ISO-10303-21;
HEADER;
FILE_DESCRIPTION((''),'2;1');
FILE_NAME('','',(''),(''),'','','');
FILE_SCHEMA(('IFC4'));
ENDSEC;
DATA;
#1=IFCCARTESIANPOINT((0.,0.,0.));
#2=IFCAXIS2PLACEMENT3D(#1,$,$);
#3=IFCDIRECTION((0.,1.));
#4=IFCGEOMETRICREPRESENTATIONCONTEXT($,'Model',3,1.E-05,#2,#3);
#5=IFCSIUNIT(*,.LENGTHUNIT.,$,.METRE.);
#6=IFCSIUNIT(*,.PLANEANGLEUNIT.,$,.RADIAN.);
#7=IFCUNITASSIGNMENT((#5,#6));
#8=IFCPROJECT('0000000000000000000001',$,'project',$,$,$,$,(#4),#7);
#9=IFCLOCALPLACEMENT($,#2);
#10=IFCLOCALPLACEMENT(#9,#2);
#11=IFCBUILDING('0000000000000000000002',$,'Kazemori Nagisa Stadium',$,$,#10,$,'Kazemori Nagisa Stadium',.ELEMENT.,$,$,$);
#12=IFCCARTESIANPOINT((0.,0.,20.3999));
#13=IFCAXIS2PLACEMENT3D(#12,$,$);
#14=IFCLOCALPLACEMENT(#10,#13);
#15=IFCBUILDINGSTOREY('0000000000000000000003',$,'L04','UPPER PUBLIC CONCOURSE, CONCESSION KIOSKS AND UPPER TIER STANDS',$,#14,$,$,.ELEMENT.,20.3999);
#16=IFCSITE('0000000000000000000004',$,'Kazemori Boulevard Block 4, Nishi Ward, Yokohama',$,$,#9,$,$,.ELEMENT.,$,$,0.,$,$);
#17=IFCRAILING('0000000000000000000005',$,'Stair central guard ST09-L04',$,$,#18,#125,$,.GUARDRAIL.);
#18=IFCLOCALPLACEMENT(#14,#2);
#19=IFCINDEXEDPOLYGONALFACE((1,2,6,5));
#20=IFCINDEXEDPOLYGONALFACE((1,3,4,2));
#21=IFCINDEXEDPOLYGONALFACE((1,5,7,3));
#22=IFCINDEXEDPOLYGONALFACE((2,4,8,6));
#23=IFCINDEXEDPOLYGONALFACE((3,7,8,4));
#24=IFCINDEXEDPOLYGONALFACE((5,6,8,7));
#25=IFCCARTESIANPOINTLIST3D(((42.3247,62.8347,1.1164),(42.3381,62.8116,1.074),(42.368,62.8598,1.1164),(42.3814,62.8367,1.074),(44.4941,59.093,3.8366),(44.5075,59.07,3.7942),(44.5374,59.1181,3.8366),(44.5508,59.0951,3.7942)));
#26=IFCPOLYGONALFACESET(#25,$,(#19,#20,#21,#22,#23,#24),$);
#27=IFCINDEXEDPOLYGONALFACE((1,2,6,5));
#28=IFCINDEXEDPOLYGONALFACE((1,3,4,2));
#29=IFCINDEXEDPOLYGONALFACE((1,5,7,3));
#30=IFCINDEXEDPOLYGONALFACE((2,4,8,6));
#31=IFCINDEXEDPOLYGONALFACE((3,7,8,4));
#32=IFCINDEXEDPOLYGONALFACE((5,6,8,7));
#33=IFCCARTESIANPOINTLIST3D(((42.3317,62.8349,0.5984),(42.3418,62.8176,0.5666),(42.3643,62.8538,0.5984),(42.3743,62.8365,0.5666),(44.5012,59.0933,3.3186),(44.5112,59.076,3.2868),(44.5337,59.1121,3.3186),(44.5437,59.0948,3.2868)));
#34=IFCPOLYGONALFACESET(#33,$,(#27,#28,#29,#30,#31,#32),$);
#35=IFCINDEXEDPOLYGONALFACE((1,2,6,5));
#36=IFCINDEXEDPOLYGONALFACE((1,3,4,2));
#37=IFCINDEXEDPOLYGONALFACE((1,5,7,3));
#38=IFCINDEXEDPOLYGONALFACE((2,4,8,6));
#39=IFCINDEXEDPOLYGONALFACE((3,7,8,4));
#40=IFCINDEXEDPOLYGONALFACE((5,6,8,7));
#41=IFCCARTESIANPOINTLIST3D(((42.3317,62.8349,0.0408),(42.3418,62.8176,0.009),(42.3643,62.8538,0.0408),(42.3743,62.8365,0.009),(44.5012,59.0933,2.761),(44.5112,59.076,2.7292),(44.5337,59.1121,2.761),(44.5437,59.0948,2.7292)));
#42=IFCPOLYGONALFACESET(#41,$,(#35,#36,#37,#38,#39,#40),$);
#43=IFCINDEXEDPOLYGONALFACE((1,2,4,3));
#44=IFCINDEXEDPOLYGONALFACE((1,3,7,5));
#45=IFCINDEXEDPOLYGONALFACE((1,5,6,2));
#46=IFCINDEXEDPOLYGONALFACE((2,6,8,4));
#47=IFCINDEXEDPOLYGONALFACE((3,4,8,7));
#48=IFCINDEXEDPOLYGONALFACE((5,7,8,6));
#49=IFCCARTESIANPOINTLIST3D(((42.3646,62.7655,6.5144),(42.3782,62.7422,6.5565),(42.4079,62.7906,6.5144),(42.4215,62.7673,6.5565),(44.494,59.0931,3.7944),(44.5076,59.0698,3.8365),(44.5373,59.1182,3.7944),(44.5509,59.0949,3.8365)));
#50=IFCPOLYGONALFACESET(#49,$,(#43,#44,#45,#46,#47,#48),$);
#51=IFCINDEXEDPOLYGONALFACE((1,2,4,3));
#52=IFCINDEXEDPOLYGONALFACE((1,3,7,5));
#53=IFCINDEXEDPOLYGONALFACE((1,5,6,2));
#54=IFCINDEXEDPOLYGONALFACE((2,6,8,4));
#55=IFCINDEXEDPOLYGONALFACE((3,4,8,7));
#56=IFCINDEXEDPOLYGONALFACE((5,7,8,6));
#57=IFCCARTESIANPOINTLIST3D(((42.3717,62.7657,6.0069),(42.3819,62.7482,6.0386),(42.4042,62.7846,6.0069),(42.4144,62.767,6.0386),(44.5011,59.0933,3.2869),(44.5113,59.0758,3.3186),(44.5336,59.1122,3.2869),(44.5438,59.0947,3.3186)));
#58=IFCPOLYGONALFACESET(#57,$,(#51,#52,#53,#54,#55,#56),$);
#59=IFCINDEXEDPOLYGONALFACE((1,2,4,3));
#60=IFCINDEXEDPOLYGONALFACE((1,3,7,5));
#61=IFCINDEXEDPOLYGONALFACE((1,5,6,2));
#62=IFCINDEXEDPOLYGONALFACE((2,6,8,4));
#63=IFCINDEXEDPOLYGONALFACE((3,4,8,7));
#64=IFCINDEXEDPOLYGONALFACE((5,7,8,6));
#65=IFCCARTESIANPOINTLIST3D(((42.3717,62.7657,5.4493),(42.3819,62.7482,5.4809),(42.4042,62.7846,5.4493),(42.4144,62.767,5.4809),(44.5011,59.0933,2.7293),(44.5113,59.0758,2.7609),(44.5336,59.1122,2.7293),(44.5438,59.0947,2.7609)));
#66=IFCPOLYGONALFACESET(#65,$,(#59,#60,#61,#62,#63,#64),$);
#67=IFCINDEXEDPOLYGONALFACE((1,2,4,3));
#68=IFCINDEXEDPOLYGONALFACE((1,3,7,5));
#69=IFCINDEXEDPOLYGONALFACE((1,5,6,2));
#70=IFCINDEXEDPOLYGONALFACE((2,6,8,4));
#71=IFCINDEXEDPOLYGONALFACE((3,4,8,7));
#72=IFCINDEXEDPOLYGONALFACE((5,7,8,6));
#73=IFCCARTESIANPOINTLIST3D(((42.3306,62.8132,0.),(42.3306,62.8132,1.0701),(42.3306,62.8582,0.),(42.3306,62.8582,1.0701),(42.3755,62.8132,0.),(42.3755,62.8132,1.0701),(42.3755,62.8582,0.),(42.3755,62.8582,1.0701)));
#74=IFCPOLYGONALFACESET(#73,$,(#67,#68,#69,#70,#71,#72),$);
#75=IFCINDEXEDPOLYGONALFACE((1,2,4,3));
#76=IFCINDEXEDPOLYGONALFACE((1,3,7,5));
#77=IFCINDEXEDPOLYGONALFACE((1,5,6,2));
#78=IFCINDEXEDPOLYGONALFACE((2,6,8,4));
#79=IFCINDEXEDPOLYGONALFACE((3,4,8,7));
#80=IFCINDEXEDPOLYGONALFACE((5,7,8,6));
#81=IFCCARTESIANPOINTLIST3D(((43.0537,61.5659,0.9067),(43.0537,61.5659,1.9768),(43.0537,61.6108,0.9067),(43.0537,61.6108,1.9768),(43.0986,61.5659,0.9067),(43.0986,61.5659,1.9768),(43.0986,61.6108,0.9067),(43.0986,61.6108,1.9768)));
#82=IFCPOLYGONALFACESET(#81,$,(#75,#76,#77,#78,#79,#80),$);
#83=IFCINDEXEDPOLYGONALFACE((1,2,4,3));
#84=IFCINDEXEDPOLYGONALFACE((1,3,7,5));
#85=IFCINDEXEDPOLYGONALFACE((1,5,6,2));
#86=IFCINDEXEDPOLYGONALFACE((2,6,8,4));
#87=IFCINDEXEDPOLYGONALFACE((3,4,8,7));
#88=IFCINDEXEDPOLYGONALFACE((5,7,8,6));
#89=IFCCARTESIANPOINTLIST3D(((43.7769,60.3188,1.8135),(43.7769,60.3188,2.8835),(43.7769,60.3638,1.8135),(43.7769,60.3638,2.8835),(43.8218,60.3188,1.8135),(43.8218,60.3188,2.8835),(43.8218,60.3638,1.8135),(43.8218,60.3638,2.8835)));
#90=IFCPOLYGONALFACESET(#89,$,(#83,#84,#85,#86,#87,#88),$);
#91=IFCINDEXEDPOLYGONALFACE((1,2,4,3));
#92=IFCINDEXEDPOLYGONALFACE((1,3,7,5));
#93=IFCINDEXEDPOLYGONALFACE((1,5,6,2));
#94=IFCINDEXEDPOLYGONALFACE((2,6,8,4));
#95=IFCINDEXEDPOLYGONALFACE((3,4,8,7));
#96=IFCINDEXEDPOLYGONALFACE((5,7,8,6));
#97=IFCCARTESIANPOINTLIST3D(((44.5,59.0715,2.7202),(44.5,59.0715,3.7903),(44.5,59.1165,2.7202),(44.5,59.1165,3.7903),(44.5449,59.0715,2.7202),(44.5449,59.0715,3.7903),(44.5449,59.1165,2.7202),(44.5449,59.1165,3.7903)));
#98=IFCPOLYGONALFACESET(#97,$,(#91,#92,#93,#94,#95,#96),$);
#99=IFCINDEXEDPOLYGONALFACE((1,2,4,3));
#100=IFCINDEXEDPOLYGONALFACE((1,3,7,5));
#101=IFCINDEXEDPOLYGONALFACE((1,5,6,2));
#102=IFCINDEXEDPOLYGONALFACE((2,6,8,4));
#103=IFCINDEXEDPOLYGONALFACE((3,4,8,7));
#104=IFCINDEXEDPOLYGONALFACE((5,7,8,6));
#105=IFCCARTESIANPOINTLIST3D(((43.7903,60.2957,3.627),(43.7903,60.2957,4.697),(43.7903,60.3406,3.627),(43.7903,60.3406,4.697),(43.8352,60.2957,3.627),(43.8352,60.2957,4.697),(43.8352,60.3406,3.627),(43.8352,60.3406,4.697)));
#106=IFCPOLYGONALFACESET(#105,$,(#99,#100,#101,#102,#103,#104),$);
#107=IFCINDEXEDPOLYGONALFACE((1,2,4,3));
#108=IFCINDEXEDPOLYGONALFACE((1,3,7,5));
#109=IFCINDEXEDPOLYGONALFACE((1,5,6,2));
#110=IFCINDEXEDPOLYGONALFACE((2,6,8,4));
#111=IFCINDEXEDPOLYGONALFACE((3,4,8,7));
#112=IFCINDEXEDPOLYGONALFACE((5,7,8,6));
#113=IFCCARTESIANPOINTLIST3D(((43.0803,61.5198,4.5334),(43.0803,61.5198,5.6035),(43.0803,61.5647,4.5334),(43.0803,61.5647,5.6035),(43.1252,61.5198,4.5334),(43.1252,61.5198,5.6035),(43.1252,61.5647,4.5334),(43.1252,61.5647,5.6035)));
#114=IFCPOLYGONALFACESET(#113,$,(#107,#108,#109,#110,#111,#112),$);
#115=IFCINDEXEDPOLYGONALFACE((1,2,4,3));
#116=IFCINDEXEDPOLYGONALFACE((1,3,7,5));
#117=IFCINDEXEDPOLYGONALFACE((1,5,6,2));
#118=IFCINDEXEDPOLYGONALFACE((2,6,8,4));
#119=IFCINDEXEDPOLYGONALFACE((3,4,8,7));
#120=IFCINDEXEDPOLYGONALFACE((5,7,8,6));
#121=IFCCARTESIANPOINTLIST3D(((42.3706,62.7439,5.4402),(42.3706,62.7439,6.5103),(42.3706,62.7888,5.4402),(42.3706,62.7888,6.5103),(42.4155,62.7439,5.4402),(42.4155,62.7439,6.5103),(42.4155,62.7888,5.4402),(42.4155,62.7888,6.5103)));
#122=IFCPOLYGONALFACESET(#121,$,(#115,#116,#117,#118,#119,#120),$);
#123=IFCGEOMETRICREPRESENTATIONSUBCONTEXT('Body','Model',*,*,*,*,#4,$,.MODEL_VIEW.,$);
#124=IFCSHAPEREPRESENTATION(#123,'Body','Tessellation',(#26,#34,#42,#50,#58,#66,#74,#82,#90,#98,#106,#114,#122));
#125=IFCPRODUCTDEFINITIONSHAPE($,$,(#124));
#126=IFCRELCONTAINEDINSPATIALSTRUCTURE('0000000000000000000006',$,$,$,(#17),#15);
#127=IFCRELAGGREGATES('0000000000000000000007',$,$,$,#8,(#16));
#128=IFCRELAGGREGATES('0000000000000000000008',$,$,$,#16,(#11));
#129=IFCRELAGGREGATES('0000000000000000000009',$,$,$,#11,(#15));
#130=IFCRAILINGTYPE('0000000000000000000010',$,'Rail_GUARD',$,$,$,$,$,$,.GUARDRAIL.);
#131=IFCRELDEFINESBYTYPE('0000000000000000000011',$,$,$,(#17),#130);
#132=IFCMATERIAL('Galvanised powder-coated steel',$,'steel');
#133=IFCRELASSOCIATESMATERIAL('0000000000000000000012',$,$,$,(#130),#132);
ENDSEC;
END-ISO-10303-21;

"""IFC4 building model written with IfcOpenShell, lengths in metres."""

from ifc_helpers import new_model, si_unit, direction, frame, origin, origin_2d, place, context, subcontext, project, spatial, rectangle, extrude, material, type_object, element, save


model = new_model("IFC4")

# Units and contexts
model_context = context("Model", 3, precision=1e-05, world=origin(), true_north=direction((0.0, 1.0)))
body_context = subcontext(model_context, "Body", "Model", "MODEL_VIEW")
ifc_project = project(units=[si_unit("LENGTHUNIT", "METRE"), si_unit("PLANEANGLEUNIT", "RADIAN")], contexts=[model_context])

# Site, building, storey
site_placement = place(None, origin())
site = spatial("IfcSite", under=ifc_project, at=site_placement, Name="Kazemori Boulevard Block 4, Nishi Ward, Yokohama", CompositionType="ELEMENT", RefElevation=0.0)
building_placement = place(site_placement, origin())
building = spatial("IfcBuilding", under=site, at=building_placement, Name="Kazemori Nagisa Stadium", LongName="Kazemori Nagisa Stadium", CompositionType="ELEMENT")
storey_placement = place(building_placement, frame((0.0, 0.0, 20.3999)))
storey = spatial("IfcBuildingStorey", under=building, at=storey_placement, Name="L04", Description="UPPER PUBLIC CONCOURSE, CONCESSION KIOSKS AND UPPER TIER STANDS", CompositionType="ELEMENT", Elevation=20.3999)

# Railing
ifc_material_1 = material(Name="Galvanised powder-coated steel", Category="steel")
railing_type_1 = type_object("IfcRailingType", Name="Rail_GUARD", PredefinedType="GUARDRAIL", material=ifc_material_1)
railing_1_placement = place(storey_placement, frame((42.353, 62.8357, 0.0)))
element("IfcRailing", 1, at=railing_1_placement, inside=storey, type_object=railing_type_1, Name="Stair central guard ST09-L04", PredefinedType="GUARDRAIL", context=body_context, shape_type="SweptSolid", body=[
    extrude(rectangle(XDim=0.05, YDim=0.05, at=origin_2d()), frame((0.0, 0.0, 1.0952), z_axis=(0.424594, -0.732312, 0.532391), x_axis=(0.865107, 0.501588, 0.0)), (0.0, 0.0, 1.0), 5.1094),
    extrude(rectangle(XDim=0.0376, YDim=0.0376, at=origin_2d()), frame((0.0, 0.0, 0.5825), z_axis=(0.424594, -0.732312, 0.532391), x_axis=(0.865107, 0.501588, 0.0)), (0.0, 0.0, 1.0), 5.1094),
    extrude(rectangle(XDim=0.0376, YDim=0.0376, at=origin_2d()), frame((0.0, 0.0, 0.0249), z_axis=(0.424594, -0.732312, 0.532391), x_axis=(0.865107, 0.501588, 0.0)), (0.0, 0.0, 1.0), 5.1094),
    extrude(rectangle(XDim=0.05, YDim=0.05, at=origin_2d()), frame((2.1694, -3.7417, 3.8154), z_axis=(-0.422356, 0.728397, 0.539494), x_axis=(-0.86509, -0.501617, 0.0)), (0.0, 0.0, 1.0), 5.0417),
    extrude(rectangle(XDim=0.0376, YDim=0.0376, at=origin_2d()), frame((2.1694, -3.7417, 3.3027), z_axis=(-0.422356, 0.728397, 0.539494), x_axis=(-0.86509, -0.501617, 0.0)), (0.0, 0.0, 1.0), 5.0417),
    extrude(rectangle(XDim=0.0376, YDim=0.0376, at=origin_2d()), frame((2.1694, -3.7417, 2.7451), z_axis=(-0.422356, 0.728397, 0.539494), x_axis=(-0.86509, -0.501617, 0.0)), (0.0, 0.0, 1.0), 5.0417),
    extrude(rectangle(XDim=0.0449, YDim=0.0449, at=origin_2d()), origin(), (0.0, 0.0, 1.0), 1.0701),
    extrude(rectangle(XDim=0.0449, YDim=0.0449, at=origin_2d()), frame((0.7231, -1.2473, 0.9067)), (0.0, 0.0, 1.0), 1.0701),
    extrude(rectangle(XDim=0.0449, YDim=0.0449, at=origin_2d()), frame((1.4463, -2.4944, 1.8135)), (0.0, 0.0, 1.0), 1.0701),
    extrude(rectangle(XDim=0.0449, YDim=0.0449, at=origin_2d()), frame((2.1694, -3.7417, 2.7202)), (0.0, 0.0, 1.0), 1.0701),
    extrude(rectangle(XDim=0.0449, YDim=0.0449, at=origin_2d()), frame((1.4597, -2.5176, 3.627)), (0.0, 0.0, 1.0), 1.0701),
    extrude(rectangle(XDim=0.0449, YDim=0.0449, at=origin_2d()), frame((0.7498, -1.2935, 4.5334)), (0.0, 0.0, 1.0), 1.0701),
    extrude(rectangle(XDim=0.0449, YDim=0.0449, at=origin_2d()), frame((0.04, -0.0693, 5.4402)), (0.0, 0.0, 1.0), 1.0701),
])

save(model, "model.ifc")
